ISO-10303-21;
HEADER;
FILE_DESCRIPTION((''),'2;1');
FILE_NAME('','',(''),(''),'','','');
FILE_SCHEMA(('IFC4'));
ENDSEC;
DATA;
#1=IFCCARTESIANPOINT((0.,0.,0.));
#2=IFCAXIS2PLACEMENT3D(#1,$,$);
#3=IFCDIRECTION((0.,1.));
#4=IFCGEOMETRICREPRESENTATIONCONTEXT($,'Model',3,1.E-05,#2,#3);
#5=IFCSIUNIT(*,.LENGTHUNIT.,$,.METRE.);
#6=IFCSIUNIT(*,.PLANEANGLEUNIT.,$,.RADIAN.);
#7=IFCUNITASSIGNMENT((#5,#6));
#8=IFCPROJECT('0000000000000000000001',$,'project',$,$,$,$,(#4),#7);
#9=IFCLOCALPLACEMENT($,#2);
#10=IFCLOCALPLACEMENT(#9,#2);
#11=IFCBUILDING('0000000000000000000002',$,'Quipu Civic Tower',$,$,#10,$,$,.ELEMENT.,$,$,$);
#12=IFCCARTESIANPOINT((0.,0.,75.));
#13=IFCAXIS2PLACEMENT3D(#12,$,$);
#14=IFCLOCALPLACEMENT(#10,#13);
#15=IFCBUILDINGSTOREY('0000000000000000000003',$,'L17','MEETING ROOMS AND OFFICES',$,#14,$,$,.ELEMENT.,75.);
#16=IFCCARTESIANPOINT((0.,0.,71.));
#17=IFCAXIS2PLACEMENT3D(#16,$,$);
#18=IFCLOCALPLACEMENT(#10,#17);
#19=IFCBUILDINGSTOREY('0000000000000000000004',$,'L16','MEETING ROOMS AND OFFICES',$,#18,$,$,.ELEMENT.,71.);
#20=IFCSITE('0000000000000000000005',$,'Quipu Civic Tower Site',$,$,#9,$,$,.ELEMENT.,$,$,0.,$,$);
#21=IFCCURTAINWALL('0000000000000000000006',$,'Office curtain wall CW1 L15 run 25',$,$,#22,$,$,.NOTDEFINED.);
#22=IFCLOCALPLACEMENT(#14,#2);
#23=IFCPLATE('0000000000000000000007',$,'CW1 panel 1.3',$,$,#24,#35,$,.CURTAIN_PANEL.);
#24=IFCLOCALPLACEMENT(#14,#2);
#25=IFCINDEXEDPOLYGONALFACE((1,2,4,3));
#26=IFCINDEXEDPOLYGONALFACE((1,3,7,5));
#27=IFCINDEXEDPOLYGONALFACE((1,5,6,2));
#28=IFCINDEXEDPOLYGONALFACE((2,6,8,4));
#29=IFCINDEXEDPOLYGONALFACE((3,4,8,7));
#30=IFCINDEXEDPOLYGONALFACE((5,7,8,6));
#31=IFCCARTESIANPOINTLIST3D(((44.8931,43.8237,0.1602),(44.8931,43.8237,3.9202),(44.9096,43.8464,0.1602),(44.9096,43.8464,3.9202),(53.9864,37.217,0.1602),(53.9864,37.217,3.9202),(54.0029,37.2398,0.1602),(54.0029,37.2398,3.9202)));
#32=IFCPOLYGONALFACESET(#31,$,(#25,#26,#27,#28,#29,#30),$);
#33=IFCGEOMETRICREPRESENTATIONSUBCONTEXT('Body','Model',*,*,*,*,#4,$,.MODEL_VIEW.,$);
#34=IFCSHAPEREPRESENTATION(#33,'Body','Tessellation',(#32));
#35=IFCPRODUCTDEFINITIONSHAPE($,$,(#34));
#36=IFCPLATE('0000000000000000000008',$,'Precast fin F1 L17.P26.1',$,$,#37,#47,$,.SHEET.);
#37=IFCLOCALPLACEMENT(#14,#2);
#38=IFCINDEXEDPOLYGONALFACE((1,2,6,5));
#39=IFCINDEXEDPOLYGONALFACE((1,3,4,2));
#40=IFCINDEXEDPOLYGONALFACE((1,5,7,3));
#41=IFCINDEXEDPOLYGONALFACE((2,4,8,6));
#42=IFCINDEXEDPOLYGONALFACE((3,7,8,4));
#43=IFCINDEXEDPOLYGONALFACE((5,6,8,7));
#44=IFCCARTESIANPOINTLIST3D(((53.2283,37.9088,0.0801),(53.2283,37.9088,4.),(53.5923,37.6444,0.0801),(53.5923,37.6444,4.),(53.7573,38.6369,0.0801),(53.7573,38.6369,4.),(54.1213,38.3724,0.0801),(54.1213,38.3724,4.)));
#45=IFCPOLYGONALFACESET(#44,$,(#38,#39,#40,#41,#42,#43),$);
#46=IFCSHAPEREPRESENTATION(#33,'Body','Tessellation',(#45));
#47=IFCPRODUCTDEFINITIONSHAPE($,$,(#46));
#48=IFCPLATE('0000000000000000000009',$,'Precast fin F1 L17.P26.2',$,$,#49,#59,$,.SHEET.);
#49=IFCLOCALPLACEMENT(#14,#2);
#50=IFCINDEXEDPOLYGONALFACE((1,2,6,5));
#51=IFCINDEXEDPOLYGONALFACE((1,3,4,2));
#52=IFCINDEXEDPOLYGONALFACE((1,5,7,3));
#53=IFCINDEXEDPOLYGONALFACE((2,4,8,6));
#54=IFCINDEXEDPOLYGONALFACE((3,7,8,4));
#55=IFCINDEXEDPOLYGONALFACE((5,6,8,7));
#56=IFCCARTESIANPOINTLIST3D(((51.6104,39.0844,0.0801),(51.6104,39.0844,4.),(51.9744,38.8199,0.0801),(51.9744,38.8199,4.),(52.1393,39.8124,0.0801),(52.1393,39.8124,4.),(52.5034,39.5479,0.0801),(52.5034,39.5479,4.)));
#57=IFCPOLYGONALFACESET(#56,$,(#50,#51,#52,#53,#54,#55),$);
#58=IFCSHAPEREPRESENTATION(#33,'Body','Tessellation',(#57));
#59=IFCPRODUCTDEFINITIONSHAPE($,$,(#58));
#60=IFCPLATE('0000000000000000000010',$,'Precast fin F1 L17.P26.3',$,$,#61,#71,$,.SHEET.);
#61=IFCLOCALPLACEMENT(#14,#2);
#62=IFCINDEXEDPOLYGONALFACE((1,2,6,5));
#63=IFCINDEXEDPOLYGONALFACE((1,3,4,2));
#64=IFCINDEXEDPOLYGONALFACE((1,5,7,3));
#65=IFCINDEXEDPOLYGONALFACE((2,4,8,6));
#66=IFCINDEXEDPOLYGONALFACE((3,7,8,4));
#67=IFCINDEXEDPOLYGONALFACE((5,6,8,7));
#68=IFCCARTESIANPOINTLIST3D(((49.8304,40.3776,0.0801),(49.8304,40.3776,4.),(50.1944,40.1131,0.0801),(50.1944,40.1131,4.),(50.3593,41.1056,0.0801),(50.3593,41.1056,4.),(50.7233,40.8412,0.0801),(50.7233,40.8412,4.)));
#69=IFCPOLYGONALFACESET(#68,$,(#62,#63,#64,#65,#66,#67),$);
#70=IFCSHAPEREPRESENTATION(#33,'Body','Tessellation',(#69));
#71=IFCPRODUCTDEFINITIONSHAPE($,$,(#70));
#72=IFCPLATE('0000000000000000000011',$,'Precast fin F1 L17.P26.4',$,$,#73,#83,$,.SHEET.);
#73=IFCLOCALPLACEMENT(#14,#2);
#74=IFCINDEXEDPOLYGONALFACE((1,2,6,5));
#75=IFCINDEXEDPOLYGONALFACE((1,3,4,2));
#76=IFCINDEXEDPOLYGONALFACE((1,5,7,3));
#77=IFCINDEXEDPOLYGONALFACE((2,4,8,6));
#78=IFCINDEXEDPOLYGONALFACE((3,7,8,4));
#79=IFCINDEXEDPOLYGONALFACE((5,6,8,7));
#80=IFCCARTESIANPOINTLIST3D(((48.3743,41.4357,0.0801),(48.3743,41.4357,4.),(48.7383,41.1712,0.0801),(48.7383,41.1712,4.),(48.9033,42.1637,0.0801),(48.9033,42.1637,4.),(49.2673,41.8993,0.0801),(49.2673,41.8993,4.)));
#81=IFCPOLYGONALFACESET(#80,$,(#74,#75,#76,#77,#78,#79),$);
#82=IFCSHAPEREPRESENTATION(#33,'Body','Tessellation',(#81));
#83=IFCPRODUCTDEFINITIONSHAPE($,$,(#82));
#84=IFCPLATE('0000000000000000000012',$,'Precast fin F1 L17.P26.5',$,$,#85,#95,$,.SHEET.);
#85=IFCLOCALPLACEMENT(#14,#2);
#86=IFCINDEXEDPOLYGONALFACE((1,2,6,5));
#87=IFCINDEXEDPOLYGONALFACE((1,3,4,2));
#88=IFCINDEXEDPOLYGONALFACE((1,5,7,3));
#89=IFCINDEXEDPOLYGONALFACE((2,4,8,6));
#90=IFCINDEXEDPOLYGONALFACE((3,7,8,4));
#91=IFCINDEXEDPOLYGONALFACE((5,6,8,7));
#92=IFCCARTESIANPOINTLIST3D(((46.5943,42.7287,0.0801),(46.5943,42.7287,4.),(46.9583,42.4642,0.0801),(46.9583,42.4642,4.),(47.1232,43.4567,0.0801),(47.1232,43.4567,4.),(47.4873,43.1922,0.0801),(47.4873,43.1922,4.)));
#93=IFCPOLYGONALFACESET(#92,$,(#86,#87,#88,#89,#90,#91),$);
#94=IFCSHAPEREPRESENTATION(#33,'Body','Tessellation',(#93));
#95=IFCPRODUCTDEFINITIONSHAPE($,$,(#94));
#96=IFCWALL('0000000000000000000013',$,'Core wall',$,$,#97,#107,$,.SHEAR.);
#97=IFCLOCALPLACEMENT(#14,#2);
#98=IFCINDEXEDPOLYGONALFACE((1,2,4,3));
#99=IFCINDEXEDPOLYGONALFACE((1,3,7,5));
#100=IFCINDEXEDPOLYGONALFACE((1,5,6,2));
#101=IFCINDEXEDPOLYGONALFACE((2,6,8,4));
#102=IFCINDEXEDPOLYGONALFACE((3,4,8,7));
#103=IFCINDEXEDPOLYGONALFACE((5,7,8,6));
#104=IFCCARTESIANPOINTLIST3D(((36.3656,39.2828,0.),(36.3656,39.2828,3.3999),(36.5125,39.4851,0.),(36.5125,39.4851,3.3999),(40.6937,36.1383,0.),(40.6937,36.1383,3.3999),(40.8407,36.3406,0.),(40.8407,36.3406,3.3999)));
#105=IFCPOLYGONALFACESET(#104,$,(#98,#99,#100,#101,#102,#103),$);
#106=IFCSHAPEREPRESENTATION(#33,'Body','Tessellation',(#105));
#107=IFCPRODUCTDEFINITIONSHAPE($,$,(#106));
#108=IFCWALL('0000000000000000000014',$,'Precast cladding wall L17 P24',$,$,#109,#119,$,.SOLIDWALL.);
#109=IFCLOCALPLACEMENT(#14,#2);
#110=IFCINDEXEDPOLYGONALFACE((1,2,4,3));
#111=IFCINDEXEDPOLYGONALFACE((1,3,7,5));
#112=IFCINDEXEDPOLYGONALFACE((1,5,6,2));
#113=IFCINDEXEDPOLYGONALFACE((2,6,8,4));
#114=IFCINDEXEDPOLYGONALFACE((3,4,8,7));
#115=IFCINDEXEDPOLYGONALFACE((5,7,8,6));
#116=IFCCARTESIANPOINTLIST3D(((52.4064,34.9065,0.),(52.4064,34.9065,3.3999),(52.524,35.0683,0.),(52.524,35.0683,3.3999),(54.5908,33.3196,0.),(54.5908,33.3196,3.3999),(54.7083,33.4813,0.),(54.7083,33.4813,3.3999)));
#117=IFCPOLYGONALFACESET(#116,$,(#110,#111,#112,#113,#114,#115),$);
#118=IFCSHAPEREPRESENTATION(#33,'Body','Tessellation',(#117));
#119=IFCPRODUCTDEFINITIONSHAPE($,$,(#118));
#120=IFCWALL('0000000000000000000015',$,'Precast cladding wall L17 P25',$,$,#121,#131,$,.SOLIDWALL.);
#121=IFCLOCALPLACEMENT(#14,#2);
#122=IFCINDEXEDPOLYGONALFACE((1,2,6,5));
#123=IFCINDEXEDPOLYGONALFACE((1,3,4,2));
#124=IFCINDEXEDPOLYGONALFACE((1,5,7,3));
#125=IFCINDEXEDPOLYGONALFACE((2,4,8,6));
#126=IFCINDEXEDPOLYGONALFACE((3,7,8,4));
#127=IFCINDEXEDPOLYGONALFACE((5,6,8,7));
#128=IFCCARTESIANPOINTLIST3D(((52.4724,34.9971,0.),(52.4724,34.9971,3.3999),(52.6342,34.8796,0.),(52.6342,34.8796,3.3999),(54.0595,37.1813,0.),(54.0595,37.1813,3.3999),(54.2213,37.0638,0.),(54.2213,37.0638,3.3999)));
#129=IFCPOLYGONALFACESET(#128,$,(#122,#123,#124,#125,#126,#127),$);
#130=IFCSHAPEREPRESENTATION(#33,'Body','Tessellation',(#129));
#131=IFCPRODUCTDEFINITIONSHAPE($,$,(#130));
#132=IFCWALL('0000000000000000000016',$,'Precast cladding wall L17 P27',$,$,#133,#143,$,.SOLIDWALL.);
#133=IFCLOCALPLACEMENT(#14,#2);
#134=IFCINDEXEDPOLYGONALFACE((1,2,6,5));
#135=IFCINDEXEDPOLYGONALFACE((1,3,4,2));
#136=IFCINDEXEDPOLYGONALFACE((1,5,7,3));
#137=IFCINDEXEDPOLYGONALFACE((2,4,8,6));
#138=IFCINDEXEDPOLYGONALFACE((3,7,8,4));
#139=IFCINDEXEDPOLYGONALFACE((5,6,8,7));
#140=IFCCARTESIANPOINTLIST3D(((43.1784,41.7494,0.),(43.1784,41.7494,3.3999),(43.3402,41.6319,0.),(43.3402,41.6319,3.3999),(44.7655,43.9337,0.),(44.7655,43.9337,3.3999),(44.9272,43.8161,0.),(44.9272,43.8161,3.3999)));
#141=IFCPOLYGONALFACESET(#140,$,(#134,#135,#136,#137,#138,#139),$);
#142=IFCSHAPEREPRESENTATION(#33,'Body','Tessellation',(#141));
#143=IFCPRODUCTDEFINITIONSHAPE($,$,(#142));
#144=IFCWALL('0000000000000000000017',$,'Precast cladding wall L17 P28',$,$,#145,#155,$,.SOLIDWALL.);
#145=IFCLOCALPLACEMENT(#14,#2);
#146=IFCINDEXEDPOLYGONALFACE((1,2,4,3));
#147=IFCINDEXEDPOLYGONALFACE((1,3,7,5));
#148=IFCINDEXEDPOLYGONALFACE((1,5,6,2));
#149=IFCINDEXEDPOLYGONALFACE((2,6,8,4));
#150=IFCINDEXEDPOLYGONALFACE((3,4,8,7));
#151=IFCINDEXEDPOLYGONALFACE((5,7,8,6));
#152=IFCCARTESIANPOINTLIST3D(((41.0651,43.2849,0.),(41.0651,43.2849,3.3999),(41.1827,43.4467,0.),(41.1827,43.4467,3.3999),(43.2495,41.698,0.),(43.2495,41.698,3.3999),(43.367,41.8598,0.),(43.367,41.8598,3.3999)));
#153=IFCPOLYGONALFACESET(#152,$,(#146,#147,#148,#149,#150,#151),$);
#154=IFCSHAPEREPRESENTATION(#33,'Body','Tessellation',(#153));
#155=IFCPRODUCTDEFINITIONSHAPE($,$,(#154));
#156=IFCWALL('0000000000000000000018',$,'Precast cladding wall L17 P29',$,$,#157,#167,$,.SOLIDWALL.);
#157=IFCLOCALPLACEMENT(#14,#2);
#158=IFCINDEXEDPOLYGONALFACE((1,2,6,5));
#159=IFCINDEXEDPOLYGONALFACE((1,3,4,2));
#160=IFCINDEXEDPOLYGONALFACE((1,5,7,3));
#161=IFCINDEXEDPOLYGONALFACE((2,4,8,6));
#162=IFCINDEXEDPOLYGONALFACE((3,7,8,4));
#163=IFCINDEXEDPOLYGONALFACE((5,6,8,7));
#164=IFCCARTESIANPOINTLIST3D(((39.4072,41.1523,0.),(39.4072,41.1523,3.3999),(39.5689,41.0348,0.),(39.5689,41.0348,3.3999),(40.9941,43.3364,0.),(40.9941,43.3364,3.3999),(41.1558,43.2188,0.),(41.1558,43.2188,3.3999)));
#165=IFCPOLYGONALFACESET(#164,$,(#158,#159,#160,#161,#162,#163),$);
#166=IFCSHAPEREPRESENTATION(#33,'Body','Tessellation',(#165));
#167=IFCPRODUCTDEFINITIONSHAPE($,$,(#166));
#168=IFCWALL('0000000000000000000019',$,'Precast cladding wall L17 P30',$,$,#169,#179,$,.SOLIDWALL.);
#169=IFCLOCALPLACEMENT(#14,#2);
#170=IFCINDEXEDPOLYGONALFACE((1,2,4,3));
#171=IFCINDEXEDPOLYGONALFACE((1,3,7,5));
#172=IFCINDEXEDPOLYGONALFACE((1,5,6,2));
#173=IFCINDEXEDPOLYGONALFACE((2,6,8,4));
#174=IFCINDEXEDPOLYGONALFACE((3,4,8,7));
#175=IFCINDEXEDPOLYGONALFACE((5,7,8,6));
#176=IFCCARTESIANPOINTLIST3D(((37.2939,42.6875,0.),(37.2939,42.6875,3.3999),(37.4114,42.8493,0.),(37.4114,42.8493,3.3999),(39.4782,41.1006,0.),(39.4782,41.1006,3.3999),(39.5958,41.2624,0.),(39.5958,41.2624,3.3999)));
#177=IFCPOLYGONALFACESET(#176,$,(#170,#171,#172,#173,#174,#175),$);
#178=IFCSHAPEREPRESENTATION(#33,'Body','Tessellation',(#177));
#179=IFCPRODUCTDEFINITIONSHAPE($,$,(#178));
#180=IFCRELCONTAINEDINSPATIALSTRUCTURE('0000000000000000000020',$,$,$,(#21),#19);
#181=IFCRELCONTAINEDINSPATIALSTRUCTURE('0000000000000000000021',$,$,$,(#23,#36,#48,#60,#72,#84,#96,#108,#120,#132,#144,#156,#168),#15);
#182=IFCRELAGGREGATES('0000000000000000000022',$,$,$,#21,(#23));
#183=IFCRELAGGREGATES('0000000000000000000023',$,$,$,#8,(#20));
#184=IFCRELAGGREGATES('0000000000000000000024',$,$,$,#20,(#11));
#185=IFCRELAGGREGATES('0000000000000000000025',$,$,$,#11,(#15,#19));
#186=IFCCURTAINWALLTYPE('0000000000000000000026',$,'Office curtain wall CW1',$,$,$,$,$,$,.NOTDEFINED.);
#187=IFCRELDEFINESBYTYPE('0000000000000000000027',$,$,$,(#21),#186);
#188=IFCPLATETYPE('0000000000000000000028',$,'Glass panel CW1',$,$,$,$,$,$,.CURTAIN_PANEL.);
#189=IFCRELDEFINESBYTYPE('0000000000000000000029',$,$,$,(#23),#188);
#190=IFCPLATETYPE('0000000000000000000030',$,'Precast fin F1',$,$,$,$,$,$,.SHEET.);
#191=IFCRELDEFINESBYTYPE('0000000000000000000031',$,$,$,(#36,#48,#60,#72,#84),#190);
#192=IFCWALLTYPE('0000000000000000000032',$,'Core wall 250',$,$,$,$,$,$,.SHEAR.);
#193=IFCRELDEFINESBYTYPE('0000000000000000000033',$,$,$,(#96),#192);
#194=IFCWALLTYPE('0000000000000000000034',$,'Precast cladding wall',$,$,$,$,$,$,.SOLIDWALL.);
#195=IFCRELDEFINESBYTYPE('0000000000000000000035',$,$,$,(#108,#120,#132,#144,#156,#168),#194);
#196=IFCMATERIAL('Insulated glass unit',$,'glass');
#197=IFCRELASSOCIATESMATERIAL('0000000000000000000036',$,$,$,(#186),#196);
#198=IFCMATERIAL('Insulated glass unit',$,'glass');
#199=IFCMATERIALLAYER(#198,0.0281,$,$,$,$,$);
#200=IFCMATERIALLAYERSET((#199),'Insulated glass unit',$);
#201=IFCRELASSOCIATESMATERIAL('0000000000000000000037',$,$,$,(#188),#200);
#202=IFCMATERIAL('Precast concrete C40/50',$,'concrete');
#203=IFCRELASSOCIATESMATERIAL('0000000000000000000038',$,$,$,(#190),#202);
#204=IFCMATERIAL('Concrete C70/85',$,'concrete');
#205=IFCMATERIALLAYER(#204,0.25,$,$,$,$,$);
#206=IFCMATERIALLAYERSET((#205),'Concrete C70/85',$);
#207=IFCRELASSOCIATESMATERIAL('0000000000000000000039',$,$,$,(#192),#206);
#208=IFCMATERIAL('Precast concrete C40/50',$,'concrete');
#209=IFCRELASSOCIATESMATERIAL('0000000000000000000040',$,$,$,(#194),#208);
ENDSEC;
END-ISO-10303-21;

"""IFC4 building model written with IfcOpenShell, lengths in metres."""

from ifc_helpers import new_model, si_unit, direction, frame, frame_2d, origin, origin_2d, place, context, subcontext, project, spatial, rectangle, extrude, material, layer, layer_set, type_object, element, aggregate, save


model = new_model("IFC4")

# Units and contexts
model_context = context("Model", 3, precision=1e-05, world=origin(), true_north=direction((0.0, 1.0)))
body_context = subcontext(model_context, "Body", "Model", "MODEL_VIEW")
ifc_project = project(units=[si_unit("LENGTHUNIT", "METRE"), si_unit("PLANEANGLEUNIT", "RADIAN")], contexts=[model_context])

# Site, building, storey
site_placement = place(None, origin())
site = spatial("IfcSite", under=ifc_project, at=site_placement, Name="Quipu Civic Tower Site", CompositionType="ELEMENT", RefElevation=0.0)
building_placement = place(site_placement, origin())
building = spatial("IfcBuilding", under=site, at=building_placement, Name="Quipu Civic Tower", CompositionType="ELEMENT")
storey_1_placement = place(building_placement, frame((0.0, 0.0, 75.0)))
storey_1 = spatial("IfcBuildingStorey", under=building, at=storey_1_placement, Name="L17", Description="MEETING ROOMS AND OFFICES", CompositionType="ELEMENT", Elevation=75.0)

# Shared definitions
storey_2_placement = place(building_placement, frame((0.0, 0.0, 71.0)))
storey_2 = spatial("IfcBuildingStorey", under=building, at=storey_2_placement, Name="L16", Description="MEETING ROOMS AND OFFICES", CompositionType="ELEMENT", Elevation=71.0)

# Curtain wall, plate
ifc_material_1 = material(Name="Insulated glass unit", Category="glass")
curtain_wall_type = type_object("IfcCurtainWallType", Name="Office curtain wall CW1", PredefinedType="NOTDEFINED", material=ifc_material_1)
curtain_wall_placement = place(storey_2_placement, origin())
curtain_wall = element("IfcCurtainWall", 1, at=curtain_wall_placement, inside=storey_2, type_object=curtain_wall_type, Name="Office curtain wall CW1 L15 run 25", PredefinedType="NOTDEFINED")
ifc_material_2 = material(Name="Insulated glass unit", Category="glass")
ifc_layer_1 = layer(ifc_material_2, 0.0281)
ifc_layer_set_1 = layer_set([ifc_layer_1], Name="Insulated glass unit")
plate_type_1 = type_object("IfcPlateType", Name="Glass panel CW1", PredefinedType="CURTAIN_PANEL", material=ifc_layer_set_1)
plate_placement = place(storey_1_placement, frame((49.448, 40.5317, 0.1602), z_axis=(0.0, 0.0, 1.0), x_axis=(-0.809019, 0.587782, 0.0)))
plate = element("IfcPlate", 2, at=plate_placement, inside=storey_1, type_object=plate_type_1, Name="CW1 panel 1.3", PredefinedType="CURTAIN_PANEL", context=body_context, shape_type="SweptSolid", body=[
    extrude(rectangle(XDim=11.24, YDim=0.0281, at=origin_2d()), origin(), (0.0, 0.0, 1.0), 3.76),
])
aggregate(curtain_wall, [plate])

# Plates
ifc_material_3 = material(Name="Precast concrete C40/50", Category="concrete")
plate_type_2 = type_object("IfcPlateType", Name="Precast fin F1", PredefinedType="SHEET", material=ifc_material_3)
for number, where, z_axis, x_axis, name in (
    (3, (53.6748, 38.1406, 0.0801), (0.0, 0.0, 1.0), (-0.809021, 0.587779, 0.0), "Precast fin F1 L17.P26.1"),
    (4, (52.0569, 39.3162, 0.0801), (0.0, 0.0, 1.0), (-0.809021, 0.587779, 0.0), "Precast fin F1 L17.P26.2"),
    (5, (50.2769, 40.6094, 0.0801), (0.0, 0.0, 1.0), (-0.809021, 0.587779, 0.0), "Precast fin F1 L17.P26.3"),
    (6, (48.8208, 41.6675, 0.0801), (0.0, 0.0, 1.0), (-0.809021, 0.587779, 0.0), "Precast fin F1 L17.P26.4"),
    (7, (47.0408, 42.9604, 0.0801), (0.0, 0.0, 1.0), (-0.809021, 0.587779, 0.0), "Precast fin F1 L17.P26.5"),
):
    element("IfcPlate", number, at=place(storey_1_placement, frame(where, z_axis=z_axis, x_axis=x_axis)), inside=storey_1, type_object=plate_type_2, Name=name, PredefinedType="SHEET", context=body_context, shape_type="SweptSolid", body=[
        extrude(rectangle(XDim=0.45, YDim=0.8999, at=origin_2d()), origin(), (0.0, 0.0, 1.0), 3.9199),
    ])

# Walls
ifc_material_4 = material(Name="Concrete C70/85", Category="concrete")
ifc_layer_2 = layer(ifc_material_4, 0.25)
ifc_layer_set_2 = layer_set([ifc_layer_2], Name="Concrete C70/85")
wall_type_1 = type_object("IfcWallType", Name="Core wall 250", PredefinedType="SHEAR", material=ifc_layer_set_2)
wall_1_placement = place(storey_1_placement, frame((40.7671, 36.2395, 0.0), z_axis=(0.0, 0.0, 1.0), x_axis=(-0.80902, 0.587781, 0.0)))
element("IfcWall", 8, at=wall_1_placement, inside=storey_1, type_object=wall_type_1, Name="Core wall", PredefinedType="SHEAR", context=body_context, shape_type="SweptSolid", body=[
    extrude(rectangle(XDim=5.3499, YDim=0.25, at=frame_2d((2.6748, 0.0))), origin(), (0.0, 0.0, 1.0), 3.3999),
])
ifc_material_5 = material(Name="Precast concrete C40/50", Category="concrete")
wall_type_2 = type_object("IfcWallType", Name="Precast cladding wall", PredefinedType="SOLIDWALL", material=ifc_material_5)
for number, where, z_axis, x_axis, name in (
    (9, (54.6497, 33.4004, 0.0), (0.0, 0.0, 1.0), (-0.809033, 0.587763, 0.0), "Precast cladding wall L17 P24"),
    (10, (52.5532, 34.9382, 0.0), (0.0, 0.0, 1.0), (0.587822, 0.80899, 0.0), "Precast cladding wall L17 P25"),
    (11, (44.8464, 43.875, 0.0), (0.0, 0.0, 1.0), (-0.587822, -0.80899, 0.0), "Precast cladding wall L17 P27"),
    (12, (43.3083, 41.7788, 0.0), (0.0, 0.0, 1.0), (-0.809033, 0.587763, 0.0), "Precast cladding wall L17 P28"),
):
    element("IfcWall", number, at=place(storey_1_placement, frame(where, z_axis=z_axis, x_axis=x_axis)), inside=storey_1, type_object=wall_type_2, Name=name, PredefinedType="SOLIDWALL", context=body_context, shape_type="SweptSolid", body=[
        extrude(rectangle(XDim=2.7, YDim=0.2, at=frame_2d((1.3501, 0.0))), origin(), (0.0, 0.0, 1.0), 3.3999),
    ])
wall_2_placement = place(storey_1_placement, frame((41.075, 43.2776, 0.0), z_axis=(0.0, 0.0, 1.0), x_axis=(-0.587806, -0.809002, 0.0)))
element("IfcWall", 13, at=wall_2_placement, inside=storey_1, type_object=wall_type_2, Name="Precast cladding wall L17 P29", PredefinedType="SOLIDWALL", context=body_context, shape_type="SweptSolid", body=[
    extrude(rectangle(XDim=2.6997, YDim=0.2, at=frame_2d((1.3499, 0.0))), origin(), (0.0, 0.0, 1.0), 3.3999),
])
wall_3_placement = place(storey_1_placement, frame((39.5371, 41.1814, 0.0), z_axis=(0.0, 0.0, 1.0), x_axis=(-0.809033, 0.587763, 0.0)))
element("IfcWall", 14, at=wall_3_placement, inside=storey_1, type_object=wall_type_2, Name="Precast cladding wall L17 P30", PredefinedType="SOLIDWALL", context=body_context, shape_type="SweptSolid", body=[
    extrude(rectangle(XDim=2.7, YDim=0.2, at=frame_2d((1.3501, 0.0))), origin(), (0.0, 0.0, 1.0), 3.3999),
])

save(model, "model.ifc")
